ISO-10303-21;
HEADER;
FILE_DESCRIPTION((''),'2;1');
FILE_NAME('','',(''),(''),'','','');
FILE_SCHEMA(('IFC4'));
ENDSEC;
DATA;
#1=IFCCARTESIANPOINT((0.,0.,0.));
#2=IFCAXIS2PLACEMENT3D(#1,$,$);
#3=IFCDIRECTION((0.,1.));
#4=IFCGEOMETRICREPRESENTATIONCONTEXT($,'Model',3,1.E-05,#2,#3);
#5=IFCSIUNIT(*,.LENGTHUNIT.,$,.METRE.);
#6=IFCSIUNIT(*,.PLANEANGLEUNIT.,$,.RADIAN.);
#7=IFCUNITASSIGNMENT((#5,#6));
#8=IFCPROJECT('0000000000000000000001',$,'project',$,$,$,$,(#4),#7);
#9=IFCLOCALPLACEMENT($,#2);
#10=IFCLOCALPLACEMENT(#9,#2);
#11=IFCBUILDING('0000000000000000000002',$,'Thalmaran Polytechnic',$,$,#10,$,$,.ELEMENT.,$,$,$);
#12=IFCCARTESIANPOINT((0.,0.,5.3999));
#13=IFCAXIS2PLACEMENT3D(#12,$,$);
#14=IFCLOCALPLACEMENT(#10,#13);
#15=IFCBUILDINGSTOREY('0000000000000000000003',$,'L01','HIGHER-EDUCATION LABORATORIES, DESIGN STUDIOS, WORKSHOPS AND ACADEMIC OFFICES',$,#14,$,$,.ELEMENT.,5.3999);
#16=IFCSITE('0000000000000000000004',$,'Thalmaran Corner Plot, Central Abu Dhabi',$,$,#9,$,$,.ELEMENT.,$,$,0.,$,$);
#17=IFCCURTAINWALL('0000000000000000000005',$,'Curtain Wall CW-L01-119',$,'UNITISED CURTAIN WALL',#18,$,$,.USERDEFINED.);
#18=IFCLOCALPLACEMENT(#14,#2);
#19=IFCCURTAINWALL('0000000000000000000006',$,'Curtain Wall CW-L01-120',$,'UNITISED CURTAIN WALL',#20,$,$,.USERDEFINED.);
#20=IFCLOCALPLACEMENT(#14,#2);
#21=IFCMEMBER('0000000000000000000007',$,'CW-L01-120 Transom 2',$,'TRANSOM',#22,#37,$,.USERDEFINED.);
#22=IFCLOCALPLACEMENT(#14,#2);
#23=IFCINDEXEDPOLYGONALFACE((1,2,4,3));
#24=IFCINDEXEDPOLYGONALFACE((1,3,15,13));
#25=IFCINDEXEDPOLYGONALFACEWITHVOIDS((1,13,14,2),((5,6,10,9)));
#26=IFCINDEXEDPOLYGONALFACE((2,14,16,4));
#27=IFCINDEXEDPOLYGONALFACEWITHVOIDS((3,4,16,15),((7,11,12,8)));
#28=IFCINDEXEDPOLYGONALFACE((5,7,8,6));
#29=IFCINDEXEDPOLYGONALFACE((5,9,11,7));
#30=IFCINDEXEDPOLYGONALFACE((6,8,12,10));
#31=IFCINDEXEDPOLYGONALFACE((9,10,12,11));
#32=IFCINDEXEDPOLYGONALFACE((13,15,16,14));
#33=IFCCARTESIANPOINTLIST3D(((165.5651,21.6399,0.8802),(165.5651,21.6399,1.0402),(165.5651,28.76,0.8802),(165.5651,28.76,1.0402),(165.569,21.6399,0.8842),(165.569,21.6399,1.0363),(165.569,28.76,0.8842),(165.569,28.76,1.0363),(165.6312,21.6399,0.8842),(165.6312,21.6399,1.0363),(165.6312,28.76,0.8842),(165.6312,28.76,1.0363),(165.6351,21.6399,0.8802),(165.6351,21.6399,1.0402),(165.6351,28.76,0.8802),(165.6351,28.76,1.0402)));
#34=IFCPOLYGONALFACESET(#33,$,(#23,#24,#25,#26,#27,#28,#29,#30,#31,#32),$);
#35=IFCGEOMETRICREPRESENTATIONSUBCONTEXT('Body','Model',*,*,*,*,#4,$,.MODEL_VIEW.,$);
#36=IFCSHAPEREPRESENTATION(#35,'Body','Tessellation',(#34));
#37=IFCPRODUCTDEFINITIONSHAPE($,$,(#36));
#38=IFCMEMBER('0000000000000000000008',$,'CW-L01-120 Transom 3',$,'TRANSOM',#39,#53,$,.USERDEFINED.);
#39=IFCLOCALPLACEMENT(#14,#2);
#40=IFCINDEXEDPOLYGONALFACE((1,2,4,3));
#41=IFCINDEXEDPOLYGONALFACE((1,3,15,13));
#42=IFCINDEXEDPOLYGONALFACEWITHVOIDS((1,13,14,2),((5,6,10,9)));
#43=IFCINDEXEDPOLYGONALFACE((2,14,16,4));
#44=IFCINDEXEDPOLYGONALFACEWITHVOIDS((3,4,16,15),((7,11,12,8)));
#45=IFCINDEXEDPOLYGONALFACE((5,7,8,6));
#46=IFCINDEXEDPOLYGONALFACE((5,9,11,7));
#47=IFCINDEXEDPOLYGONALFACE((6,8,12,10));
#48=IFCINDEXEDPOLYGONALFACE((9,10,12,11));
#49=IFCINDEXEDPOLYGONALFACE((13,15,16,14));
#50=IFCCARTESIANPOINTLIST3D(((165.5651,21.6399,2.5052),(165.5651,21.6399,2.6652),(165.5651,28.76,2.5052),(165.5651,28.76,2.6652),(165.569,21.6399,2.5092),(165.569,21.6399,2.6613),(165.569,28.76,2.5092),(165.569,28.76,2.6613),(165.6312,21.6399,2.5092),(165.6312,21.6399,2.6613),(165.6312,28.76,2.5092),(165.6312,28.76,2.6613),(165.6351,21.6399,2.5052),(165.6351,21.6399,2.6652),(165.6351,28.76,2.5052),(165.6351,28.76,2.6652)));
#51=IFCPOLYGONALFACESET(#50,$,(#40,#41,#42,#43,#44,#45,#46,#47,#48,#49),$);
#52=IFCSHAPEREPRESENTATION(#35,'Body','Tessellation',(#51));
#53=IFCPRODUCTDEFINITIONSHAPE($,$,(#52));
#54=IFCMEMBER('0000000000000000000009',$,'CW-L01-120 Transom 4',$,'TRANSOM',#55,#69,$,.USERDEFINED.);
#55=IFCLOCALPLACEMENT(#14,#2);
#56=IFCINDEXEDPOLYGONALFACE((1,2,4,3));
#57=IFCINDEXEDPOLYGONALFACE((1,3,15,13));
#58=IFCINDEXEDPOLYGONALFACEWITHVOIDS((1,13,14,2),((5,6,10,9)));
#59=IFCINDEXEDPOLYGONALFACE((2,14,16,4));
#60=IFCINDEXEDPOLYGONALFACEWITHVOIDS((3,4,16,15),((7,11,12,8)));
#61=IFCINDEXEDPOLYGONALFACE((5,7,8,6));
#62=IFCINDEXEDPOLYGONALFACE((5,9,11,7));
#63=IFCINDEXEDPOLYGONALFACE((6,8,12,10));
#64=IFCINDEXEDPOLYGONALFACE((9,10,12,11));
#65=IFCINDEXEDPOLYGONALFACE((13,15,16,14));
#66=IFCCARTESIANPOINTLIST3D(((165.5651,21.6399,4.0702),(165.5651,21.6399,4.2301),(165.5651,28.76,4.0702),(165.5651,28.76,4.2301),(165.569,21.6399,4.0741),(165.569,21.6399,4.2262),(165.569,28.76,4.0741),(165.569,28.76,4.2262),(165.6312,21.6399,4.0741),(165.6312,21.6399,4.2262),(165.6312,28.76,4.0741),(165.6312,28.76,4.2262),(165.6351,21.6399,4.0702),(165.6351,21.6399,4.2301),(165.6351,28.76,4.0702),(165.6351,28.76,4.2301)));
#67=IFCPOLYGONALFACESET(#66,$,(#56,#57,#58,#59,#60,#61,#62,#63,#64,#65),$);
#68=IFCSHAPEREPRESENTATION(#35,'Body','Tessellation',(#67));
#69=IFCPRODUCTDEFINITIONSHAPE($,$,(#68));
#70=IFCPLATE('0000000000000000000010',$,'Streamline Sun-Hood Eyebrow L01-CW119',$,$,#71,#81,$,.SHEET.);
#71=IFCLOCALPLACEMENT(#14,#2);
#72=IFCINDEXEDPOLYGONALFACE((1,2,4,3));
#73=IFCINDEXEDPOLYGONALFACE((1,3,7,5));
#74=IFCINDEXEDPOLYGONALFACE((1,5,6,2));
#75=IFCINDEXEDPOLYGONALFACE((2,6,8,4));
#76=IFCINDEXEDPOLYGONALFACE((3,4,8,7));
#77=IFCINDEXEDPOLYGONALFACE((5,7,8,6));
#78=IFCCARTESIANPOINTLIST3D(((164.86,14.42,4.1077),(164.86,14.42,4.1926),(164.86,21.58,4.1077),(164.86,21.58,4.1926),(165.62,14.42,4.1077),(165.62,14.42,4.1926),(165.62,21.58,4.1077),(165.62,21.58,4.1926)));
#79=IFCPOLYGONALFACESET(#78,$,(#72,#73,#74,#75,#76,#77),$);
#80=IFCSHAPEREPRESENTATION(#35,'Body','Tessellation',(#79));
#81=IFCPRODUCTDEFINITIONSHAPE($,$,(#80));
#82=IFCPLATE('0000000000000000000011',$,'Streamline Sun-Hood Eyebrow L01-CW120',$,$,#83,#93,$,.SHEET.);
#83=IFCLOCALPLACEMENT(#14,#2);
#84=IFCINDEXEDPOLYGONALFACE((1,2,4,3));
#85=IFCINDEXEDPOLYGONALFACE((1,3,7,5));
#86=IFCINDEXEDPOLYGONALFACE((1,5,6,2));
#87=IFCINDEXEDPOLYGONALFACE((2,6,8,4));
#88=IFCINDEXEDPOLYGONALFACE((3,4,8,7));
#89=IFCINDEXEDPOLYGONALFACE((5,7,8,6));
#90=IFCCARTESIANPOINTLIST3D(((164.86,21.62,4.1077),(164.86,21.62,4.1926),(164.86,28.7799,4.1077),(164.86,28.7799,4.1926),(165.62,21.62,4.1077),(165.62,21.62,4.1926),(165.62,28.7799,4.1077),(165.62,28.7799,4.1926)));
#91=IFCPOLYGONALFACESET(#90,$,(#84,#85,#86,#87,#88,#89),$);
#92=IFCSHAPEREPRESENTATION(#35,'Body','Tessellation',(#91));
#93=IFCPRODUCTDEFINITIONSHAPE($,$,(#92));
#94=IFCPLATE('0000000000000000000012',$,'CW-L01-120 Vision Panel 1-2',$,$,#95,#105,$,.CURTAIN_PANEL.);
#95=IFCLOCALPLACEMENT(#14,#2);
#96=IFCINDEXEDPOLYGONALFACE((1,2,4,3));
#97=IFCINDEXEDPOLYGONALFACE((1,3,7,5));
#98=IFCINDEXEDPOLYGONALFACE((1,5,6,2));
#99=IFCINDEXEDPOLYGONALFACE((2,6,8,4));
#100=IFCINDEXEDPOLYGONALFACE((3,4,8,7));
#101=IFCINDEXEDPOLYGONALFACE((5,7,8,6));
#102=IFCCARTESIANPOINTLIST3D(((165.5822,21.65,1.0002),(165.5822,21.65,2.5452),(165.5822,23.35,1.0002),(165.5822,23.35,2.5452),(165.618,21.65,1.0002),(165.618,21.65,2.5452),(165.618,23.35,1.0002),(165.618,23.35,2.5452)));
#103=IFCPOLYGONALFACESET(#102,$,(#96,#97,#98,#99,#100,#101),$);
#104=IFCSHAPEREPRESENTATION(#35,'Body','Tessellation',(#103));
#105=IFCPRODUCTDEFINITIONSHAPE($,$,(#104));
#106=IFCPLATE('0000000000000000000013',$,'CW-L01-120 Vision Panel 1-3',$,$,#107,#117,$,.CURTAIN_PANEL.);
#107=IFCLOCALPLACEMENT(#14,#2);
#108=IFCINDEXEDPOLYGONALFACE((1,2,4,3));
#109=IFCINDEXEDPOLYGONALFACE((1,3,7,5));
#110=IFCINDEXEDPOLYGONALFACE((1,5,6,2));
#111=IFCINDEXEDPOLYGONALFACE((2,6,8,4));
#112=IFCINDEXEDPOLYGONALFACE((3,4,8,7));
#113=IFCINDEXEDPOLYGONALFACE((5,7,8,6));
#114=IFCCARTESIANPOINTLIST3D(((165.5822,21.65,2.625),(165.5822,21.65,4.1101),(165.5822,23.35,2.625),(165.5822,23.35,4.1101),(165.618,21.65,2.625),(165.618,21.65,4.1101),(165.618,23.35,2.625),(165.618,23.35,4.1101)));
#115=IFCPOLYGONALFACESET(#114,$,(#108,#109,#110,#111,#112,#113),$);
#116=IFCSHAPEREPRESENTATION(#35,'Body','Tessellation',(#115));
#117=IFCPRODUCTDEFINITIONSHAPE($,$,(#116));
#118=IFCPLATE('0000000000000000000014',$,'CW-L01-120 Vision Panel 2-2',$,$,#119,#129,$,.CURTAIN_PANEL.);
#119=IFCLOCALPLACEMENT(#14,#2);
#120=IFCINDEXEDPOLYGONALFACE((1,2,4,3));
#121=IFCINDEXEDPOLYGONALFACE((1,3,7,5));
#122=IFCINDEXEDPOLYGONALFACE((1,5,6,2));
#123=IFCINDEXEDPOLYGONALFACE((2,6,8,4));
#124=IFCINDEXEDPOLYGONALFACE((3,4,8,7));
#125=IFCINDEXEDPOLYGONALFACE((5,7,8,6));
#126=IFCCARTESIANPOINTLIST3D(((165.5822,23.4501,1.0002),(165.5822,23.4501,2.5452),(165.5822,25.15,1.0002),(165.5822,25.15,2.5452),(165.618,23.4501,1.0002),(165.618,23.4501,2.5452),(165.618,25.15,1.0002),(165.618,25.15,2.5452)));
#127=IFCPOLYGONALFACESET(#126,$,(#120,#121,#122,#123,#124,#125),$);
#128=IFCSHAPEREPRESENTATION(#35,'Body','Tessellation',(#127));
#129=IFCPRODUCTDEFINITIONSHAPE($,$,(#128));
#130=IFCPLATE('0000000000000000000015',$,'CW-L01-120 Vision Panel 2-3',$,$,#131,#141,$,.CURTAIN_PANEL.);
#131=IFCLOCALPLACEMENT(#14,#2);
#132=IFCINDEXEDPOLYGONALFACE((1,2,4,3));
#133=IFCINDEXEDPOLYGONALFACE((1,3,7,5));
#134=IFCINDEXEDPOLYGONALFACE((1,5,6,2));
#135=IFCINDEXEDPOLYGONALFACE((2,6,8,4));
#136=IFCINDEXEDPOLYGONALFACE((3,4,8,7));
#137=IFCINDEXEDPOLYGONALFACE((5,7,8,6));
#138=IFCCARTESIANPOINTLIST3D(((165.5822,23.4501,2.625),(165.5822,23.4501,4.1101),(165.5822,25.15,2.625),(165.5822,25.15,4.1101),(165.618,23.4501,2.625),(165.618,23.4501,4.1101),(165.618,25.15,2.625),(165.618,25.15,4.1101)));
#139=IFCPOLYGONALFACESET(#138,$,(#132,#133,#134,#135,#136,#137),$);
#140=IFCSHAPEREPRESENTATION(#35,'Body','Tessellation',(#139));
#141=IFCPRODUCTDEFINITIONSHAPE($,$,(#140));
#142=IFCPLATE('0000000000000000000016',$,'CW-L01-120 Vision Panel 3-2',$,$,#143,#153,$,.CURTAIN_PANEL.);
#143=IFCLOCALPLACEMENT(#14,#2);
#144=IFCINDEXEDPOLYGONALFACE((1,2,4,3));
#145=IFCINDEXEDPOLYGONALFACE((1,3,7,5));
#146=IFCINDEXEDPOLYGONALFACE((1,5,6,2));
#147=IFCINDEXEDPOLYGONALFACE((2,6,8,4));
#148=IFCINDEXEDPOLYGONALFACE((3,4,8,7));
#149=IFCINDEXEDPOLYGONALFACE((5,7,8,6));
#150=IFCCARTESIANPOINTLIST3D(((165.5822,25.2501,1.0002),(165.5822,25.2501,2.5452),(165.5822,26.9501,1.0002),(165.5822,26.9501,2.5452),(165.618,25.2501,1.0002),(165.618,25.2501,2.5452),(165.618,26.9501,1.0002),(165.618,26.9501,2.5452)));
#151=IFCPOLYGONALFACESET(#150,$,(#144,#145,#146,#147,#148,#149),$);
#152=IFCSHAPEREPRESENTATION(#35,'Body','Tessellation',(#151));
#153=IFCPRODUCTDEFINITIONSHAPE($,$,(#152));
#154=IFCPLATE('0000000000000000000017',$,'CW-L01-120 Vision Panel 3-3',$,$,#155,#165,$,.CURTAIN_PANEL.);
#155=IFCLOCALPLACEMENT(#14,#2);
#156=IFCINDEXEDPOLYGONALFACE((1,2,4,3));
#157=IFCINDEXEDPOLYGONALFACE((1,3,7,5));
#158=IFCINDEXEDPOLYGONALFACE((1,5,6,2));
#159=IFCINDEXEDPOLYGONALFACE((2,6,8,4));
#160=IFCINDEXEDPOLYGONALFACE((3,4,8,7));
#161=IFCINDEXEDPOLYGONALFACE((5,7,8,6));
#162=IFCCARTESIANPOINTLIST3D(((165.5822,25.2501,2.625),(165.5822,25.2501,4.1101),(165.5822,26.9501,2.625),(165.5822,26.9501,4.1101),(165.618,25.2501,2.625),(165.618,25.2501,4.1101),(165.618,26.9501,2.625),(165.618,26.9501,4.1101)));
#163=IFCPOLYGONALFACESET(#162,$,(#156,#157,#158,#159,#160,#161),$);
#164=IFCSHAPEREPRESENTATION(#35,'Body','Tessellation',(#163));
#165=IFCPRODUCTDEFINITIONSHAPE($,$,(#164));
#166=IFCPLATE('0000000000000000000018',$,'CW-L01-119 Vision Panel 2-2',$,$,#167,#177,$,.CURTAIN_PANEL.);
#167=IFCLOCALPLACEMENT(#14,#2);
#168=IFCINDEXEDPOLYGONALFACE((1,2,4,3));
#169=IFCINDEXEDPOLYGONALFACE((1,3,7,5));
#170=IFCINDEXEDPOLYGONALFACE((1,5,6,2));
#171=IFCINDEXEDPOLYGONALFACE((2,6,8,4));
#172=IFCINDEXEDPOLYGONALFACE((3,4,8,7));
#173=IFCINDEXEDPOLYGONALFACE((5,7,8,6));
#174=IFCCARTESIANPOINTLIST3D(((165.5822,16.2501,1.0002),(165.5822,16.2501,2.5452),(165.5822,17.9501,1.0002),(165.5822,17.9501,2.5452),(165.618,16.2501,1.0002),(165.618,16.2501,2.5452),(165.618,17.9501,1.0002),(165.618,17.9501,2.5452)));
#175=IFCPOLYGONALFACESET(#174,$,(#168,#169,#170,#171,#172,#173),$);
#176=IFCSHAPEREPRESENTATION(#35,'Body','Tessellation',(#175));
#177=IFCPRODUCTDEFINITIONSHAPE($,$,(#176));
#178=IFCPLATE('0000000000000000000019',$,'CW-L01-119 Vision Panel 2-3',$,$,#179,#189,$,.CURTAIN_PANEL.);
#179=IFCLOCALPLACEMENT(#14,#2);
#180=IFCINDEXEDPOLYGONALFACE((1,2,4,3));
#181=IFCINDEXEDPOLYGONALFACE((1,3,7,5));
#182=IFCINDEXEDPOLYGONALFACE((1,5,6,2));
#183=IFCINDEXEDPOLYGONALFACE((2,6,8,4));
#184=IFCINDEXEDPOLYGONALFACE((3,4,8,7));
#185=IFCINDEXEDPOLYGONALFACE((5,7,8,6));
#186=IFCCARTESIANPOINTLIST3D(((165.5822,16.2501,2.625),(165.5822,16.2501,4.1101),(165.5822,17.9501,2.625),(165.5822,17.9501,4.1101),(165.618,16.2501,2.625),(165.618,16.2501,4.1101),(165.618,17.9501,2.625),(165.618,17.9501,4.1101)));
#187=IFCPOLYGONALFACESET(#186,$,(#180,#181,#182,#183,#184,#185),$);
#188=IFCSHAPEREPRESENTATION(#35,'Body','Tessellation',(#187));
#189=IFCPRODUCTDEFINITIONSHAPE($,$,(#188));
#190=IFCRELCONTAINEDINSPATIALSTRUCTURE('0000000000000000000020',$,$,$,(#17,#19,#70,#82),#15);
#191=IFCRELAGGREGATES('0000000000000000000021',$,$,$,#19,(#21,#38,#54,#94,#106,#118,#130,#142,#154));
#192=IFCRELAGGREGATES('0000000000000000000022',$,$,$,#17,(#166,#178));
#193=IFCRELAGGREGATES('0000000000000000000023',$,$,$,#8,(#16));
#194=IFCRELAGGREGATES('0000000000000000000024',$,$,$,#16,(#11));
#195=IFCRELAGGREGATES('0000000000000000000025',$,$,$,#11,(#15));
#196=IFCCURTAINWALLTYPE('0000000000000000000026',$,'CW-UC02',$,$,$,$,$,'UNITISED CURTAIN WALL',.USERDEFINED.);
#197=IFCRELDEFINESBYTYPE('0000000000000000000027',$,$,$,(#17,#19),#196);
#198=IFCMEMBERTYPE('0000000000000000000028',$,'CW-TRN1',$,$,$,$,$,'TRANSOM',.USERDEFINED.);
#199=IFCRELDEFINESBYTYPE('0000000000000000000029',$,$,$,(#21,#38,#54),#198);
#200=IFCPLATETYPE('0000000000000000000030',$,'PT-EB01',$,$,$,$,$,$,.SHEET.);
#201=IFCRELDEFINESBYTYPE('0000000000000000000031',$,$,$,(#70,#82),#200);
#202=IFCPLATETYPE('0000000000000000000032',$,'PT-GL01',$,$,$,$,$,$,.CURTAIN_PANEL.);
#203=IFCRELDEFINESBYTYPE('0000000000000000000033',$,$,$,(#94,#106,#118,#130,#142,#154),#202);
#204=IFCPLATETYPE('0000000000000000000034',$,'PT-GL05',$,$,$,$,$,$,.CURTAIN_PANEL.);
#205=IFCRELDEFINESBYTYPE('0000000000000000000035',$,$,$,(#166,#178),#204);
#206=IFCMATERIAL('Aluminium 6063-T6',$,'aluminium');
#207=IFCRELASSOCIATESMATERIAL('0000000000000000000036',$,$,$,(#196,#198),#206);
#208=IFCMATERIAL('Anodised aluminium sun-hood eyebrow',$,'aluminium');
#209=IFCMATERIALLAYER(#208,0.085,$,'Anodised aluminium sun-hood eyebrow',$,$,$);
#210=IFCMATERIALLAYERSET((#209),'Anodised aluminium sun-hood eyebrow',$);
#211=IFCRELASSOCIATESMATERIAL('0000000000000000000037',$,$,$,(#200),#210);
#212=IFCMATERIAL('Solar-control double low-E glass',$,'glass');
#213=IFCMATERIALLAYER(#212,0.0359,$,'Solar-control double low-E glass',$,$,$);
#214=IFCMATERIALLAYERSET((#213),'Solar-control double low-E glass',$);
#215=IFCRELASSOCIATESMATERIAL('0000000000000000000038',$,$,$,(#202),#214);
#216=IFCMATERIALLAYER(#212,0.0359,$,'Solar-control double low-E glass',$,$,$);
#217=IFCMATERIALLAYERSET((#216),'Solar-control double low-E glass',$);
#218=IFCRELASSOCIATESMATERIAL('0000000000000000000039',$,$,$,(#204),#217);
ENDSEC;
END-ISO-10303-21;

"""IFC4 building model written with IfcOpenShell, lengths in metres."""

from ifc_helpers import new_model, si_unit, direction, frame, origin, origin_2d, place, context, subcontext, project, spatial, rectangle, hollow_rectangle, extrude, material, layer, layer_set, material_profile, profile_set, type_object, element, aggregate, save


model = new_model("IFC4")

# Units and contexts
model_context = context("Model", 3, precision=1e-05, world=origin(), true_north=direction((0.0, 1.0)))
body_context = subcontext(model_context, "Body", "Model", "MODEL_VIEW")
ifc_project = project(units=[si_unit("LENGTHUNIT", "METRE"), si_unit("PLANEANGLEUNIT", "RADIAN")], contexts=[model_context])

# Site, building, storey
site_placement = place(None, origin())
site = spatial("IfcSite", under=ifc_project, at=site_placement, Name="Thalmaran Corner Plot, Central Abu Dhabi", CompositionType="ELEMENT", RefElevation=0.0)
building_placement = place(site_placement, origin())
building = spatial("IfcBuilding", under=site, at=building_placement, Name="Thalmaran Polytechnic", CompositionType="ELEMENT")
storey_placement = place(building_placement, frame((0.0, 0.0, 5.3999)))
storey = spatial("IfcBuildingStorey", under=building, at=storey_placement, Name="L01", Description="HIGHER-EDUCATION LABORATORIES, DESIGN STUDIOS, WORKSHOPS AND ACADEMIC OFFICES", CompositionType="ELEMENT", Elevation=5.3999)

# Curtain walls, members
ifc_material_1 = material(Name="Aluminium 6063-T6", Category="aluminium")
curtain_wall_type = type_object("IfcCurtainWallType", Name="CW-UC02", ElementType="UNITISED CURTAIN WALL", PredefinedType="USERDEFINED", material=ifc_material_1)
curtain_wall_1_placement = place(storey_placement, origin())
curtain_wall_1 = element("IfcCurtainWall", 1, at=curtain_wall_1_placement, inside=storey, type_object=curtain_wall_type, Name="Curtain Wall CW-L01-119", ObjectType="UNITISED CURTAIN WALL", PredefinedType="USERDEFINED")
curtain_wall_2_placement = place(storey_placement, origin())
curtain_wall_2 = element("IfcCurtainWall", 2, at=curtain_wall_2_placement, inside=storey, type_object=curtain_wall_type, Name="Curtain Wall CW-L01-120", ObjectType="UNITISED CURTAIN WALL", PredefinedType="USERDEFINED")
ifc_material_profile_1 = material_profile(ifc_material_1, hollow_rectangle(XDim=0.0701, YDim=0.1599, WallThickness=0.0039, at=origin_2d()), Name="AL 160x70x4.0")
ifc_profile_set_1 = profile_set([ifc_material_profile_1], Name="Aluminium 6063-T6")
member_type_1 = type_object("IfcMemberType", Name="CW-TRN1", ElementType="TRANSOM", PredefinedType="USERDEFINED", material=ifc_profile_set_1)
member_1_placement = place(storey_placement, frame((165.6001, 21.6399, 0.9602), z_axis=(0.0, 1.0, 0.0), x_axis=(-1.0, 0.0, 0.0)))
member_1 = element("IfcMember", 3, at=member_1_placement, type_object=member_type_1, Name="CW-L01-120 Transom 2", ObjectType="TRANSOM", PredefinedType="USERDEFINED", context=body_context, shape_type="SweptSolid", body=[
    extrude(hollow_rectangle(XDim=0.0701, YDim=0.1599, WallThickness=0.0039, at=origin_2d()), origin(), (0.0, 0.0, 1.0), 7.1201),
])
member_2_placement = place(storey_placement, frame((165.6001, 21.6399, 2.5852), z_axis=(0.0, 1.0, 0.0), x_axis=(-1.0, 0.0, 0.0)))
member_2 = element("IfcMember", 4, at=member_2_placement, type_object=member_type_1, Name="CW-L01-120 Transom 3", ObjectType="TRANSOM", PredefinedType="USERDEFINED", context=body_context, shape_type="SweptSolid", body=[
    extrude(hollow_rectangle(XDim=0.0701, YDim=0.1599, WallThickness=0.0039, at=origin_2d()), origin(), (0.0, 0.0, 1.0), 7.1201),
])
member_3_placement = place(storey_placement, frame((165.6001, 21.6399, 4.1501), z_axis=(0.0, 1.0, 0.0), x_axis=(-1.0, 0.0, 0.0)))
member_3 = element("IfcMember", 5, at=member_3_placement, type_object=member_type_1, Name="CW-L01-120 Transom 4", ObjectType="TRANSOM", PredefinedType="USERDEFINED", context=body_context, shape_type="SweptSolid", body=[
    extrude(hollow_rectangle(XDim=0.0701, YDim=0.1599, WallThickness=0.0039, at=origin_2d()), origin(), (0.0, 0.0, 1.0), 7.1201),
])

# Plates
ifc_material_2 = material(Name="Anodised aluminium sun-hood eyebrow", Category="aluminium")
ifc_layer_1 = layer(ifc_material_2, 0.085, Name="Anodised aluminium sun-hood eyebrow")
ifc_layer_set_1 = layer_set([ifc_layer_1], Name="Anodised aluminium sun-hood eyebrow")
plate_type_1 = type_object("IfcPlateType", Name="PT-EB01", PredefinedType="SHEET", material=ifc_layer_set_1)
for number, where, z_axis, x_axis, name in (
    (6, (165.24, 18.0, 4.1077), (0.0, 0.0, 1.0), (0.0, 1.0, 0.0), "Streamline Sun-Hood Eyebrow L01-CW119"),
    (7, (165.24, 25.2, 4.1077), (0.0, 0.0, 1.0), (0.0, 1.0, 0.0), "Streamline Sun-Hood Eyebrow L01-CW120"),
):
    element("IfcPlate", number, at=place(storey_placement, frame(where, z_axis=z_axis, x_axis=x_axis)), inside=storey, type_object=plate_type_1, Name=name, PredefinedType="SHEET", context=body_context, shape_type="SweptSolid", body=[
        extrude(rectangle(XDim=7.1599, YDim=0.76, at=origin_2d()), origin(), (0.0, 0.0, 1.0), 0.085),
    ])

# Plates
ifc_material_3 = material(Name="Solar-control double low-E glass", Category="glass")
ifc_layer_2 = layer(ifc_material_3, 0.0359, Name="Solar-control double low-E glass")
ifc_layer_set_2 = layer_set([ifc_layer_2], Name="Solar-control double low-E glass")
plate_type_2 = type_object("IfcPlateType", Name="PT-GL01", PredefinedType="CURTAIN_PANEL", material=ifc_layer_set_2)
plate_1_placement = place(storey_placement, frame((165.6001, 22.5, 1.0002), z_axis=(0.0, 0.0, 1.0), x_axis=(0.0, 1.0, 0.0)))
plate_1 = element("IfcPlate", 8, at=plate_1_placement, type_object=plate_type_2, Name="CW-L01-120 Vision Panel 1-2", PredefinedType="CURTAIN_PANEL", context=body_context, shape_type="SweptSolid", body=[
    extrude(rectangle(XDim=1.7, YDim=0.0359, at=origin_2d()), origin(), (0.0, 0.0, 1.0), 1.5449),
])
plate_2_placement = place(storey_placement, frame((165.6001, 22.5, 2.625), z_axis=(0.0, 0.0, 1.0), x_axis=(0.0, 1.0, 0.0)))
plate_2 = element("IfcPlate", 9, at=plate_2_placement, type_object=plate_type_2, Name="CW-L01-120 Vision Panel 1-3", PredefinedType="CURTAIN_PANEL", context=body_context, shape_type="SweptSolid", body=[
    extrude(rectangle(XDim=1.7, YDim=0.0359, at=origin_2d()), origin(), (0.0, 0.0, 1.0), 1.4851),
])
plate_3_placement = place(storey_placement, frame((165.6001, 24.3, 1.0002), z_axis=(0.0, 0.0, 1.0), x_axis=(0.0, 1.0, 0.0)))
plate_3 = element("IfcPlate", 10, at=plate_3_placement, type_object=plate_type_2, Name="CW-L01-120 Vision Panel 2-2", PredefinedType="CURTAIN_PANEL", context=body_context, shape_type="SweptSolid", body=[
    extrude(rectangle(XDim=1.7, YDim=0.0359, at=origin_2d()), origin(), (0.0, 0.0, 1.0), 1.5449),
])
plate_4_placement = place(storey_placement, frame((165.6001, 24.3, 2.625), z_axis=(0.0, 0.0, 1.0), x_axis=(0.0, 1.0, 0.0)))
plate_4 = element("IfcPlate", 11, at=plate_4_placement, type_object=plate_type_2, Name="CW-L01-120 Vision Panel 2-3", PredefinedType="CURTAIN_PANEL", context=body_context, shape_type="SweptSolid", body=[
    extrude(rectangle(XDim=1.7, YDim=0.0359, at=origin_2d()), origin(), (0.0, 0.0, 1.0), 1.4851),
])
plate_5_placement = place(storey_placement, frame((165.6001, 26.1001, 1.0002), z_axis=(0.0, 0.0, 1.0), x_axis=(0.0, 1.0, 0.0)))
plate_5 = element("IfcPlate", 12, at=plate_5_placement, type_object=plate_type_2, Name="CW-L01-120 Vision Panel 3-2", PredefinedType="CURTAIN_PANEL", context=body_context, shape_type="SweptSolid", body=[
    extrude(rectangle(XDim=1.7, YDim=0.0359, at=origin_2d()), origin(), (0.0, 0.0, 1.0), 1.5449),
])
plate_6_placement = place(storey_placement, frame((165.6001, 26.1001, 2.625), z_axis=(0.0, 0.0, 1.0), x_axis=(0.0, 1.0, 0.0)))
plate_6 = element("IfcPlate", 13, at=plate_6_placement, type_object=plate_type_2, Name="CW-L01-120 Vision Panel 3-3", PredefinedType="CURTAIN_PANEL", context=body_context, shape_type="SweptSolid", body=[
    extrude(rectangle(XDim=1.7, YDim=0.0359, at=origin_2d()), origin(), (0.0, 0.0, 1.0), 1.4851),
])
ifc_layer_3 = layer(ifc_material_3, 0.0359, Name="Solar-control double low-E glass")
ifc_layer_set_3 = layer_set([ifc_layer_3], Name="Solar-control double low-E glass")
plate_type_3 = type_object("IfcPlateType", Name="PT-GL05", PredefinedType="CURTAIN_PANEL", material=ifc_layer_set_3)
plate_7_placement = place(storey_placement, frame((165.6001, 17.1001, 1.0002), z_axis=(0.0, 0.0, 1.0), x_axis=(0.0, 1.0, 0.0)))
plate_7 = element("IfcPlate", 14, at=plate_7_placement, type_object=plate_type_3, Name="CW-L01-119 Vision Panel 2-2", PredefinedType="CURTAIN_PANEL", context=body_context, shape_type="SweptSolid", body=[
    extrude(rectangle(XDim=1.7, YDim=0.0359, at=origin_2d()), origin(), (0.0, 0.0, 1.0), 1.5449),
])
plate_8_placement = place(storey_placement, frame((165.6001, 17.1001, 2.625), z_axis=(0.0, 0.0, 1.0), x_axis=(0.0, 1.0, 0.0)))
plate_8 = element("IfcPlate", 15, at=plate_8_placement, type_object=plate_type_3, Name="CW-L01-119 Vision Panel 2-3", PredefinedType="CURTAIN_PANEL", context=body_context, shape_type="SweptSolid", body=[
    extrude(rectangle(XDim=1.7, YDim=0.0359, at=origin_2d()), origin(), (0.0, 0.0, 1.0), 1.4851),
])
aggregate(curtain_wall_2, [member_1, member_2, member_3, plate_1, plate_2, plate_3, plate_4, plate_5, plate_6])
aggregate(curtain_wall_1, [plate_7, plate_8])

save(model, "model.ifc")
